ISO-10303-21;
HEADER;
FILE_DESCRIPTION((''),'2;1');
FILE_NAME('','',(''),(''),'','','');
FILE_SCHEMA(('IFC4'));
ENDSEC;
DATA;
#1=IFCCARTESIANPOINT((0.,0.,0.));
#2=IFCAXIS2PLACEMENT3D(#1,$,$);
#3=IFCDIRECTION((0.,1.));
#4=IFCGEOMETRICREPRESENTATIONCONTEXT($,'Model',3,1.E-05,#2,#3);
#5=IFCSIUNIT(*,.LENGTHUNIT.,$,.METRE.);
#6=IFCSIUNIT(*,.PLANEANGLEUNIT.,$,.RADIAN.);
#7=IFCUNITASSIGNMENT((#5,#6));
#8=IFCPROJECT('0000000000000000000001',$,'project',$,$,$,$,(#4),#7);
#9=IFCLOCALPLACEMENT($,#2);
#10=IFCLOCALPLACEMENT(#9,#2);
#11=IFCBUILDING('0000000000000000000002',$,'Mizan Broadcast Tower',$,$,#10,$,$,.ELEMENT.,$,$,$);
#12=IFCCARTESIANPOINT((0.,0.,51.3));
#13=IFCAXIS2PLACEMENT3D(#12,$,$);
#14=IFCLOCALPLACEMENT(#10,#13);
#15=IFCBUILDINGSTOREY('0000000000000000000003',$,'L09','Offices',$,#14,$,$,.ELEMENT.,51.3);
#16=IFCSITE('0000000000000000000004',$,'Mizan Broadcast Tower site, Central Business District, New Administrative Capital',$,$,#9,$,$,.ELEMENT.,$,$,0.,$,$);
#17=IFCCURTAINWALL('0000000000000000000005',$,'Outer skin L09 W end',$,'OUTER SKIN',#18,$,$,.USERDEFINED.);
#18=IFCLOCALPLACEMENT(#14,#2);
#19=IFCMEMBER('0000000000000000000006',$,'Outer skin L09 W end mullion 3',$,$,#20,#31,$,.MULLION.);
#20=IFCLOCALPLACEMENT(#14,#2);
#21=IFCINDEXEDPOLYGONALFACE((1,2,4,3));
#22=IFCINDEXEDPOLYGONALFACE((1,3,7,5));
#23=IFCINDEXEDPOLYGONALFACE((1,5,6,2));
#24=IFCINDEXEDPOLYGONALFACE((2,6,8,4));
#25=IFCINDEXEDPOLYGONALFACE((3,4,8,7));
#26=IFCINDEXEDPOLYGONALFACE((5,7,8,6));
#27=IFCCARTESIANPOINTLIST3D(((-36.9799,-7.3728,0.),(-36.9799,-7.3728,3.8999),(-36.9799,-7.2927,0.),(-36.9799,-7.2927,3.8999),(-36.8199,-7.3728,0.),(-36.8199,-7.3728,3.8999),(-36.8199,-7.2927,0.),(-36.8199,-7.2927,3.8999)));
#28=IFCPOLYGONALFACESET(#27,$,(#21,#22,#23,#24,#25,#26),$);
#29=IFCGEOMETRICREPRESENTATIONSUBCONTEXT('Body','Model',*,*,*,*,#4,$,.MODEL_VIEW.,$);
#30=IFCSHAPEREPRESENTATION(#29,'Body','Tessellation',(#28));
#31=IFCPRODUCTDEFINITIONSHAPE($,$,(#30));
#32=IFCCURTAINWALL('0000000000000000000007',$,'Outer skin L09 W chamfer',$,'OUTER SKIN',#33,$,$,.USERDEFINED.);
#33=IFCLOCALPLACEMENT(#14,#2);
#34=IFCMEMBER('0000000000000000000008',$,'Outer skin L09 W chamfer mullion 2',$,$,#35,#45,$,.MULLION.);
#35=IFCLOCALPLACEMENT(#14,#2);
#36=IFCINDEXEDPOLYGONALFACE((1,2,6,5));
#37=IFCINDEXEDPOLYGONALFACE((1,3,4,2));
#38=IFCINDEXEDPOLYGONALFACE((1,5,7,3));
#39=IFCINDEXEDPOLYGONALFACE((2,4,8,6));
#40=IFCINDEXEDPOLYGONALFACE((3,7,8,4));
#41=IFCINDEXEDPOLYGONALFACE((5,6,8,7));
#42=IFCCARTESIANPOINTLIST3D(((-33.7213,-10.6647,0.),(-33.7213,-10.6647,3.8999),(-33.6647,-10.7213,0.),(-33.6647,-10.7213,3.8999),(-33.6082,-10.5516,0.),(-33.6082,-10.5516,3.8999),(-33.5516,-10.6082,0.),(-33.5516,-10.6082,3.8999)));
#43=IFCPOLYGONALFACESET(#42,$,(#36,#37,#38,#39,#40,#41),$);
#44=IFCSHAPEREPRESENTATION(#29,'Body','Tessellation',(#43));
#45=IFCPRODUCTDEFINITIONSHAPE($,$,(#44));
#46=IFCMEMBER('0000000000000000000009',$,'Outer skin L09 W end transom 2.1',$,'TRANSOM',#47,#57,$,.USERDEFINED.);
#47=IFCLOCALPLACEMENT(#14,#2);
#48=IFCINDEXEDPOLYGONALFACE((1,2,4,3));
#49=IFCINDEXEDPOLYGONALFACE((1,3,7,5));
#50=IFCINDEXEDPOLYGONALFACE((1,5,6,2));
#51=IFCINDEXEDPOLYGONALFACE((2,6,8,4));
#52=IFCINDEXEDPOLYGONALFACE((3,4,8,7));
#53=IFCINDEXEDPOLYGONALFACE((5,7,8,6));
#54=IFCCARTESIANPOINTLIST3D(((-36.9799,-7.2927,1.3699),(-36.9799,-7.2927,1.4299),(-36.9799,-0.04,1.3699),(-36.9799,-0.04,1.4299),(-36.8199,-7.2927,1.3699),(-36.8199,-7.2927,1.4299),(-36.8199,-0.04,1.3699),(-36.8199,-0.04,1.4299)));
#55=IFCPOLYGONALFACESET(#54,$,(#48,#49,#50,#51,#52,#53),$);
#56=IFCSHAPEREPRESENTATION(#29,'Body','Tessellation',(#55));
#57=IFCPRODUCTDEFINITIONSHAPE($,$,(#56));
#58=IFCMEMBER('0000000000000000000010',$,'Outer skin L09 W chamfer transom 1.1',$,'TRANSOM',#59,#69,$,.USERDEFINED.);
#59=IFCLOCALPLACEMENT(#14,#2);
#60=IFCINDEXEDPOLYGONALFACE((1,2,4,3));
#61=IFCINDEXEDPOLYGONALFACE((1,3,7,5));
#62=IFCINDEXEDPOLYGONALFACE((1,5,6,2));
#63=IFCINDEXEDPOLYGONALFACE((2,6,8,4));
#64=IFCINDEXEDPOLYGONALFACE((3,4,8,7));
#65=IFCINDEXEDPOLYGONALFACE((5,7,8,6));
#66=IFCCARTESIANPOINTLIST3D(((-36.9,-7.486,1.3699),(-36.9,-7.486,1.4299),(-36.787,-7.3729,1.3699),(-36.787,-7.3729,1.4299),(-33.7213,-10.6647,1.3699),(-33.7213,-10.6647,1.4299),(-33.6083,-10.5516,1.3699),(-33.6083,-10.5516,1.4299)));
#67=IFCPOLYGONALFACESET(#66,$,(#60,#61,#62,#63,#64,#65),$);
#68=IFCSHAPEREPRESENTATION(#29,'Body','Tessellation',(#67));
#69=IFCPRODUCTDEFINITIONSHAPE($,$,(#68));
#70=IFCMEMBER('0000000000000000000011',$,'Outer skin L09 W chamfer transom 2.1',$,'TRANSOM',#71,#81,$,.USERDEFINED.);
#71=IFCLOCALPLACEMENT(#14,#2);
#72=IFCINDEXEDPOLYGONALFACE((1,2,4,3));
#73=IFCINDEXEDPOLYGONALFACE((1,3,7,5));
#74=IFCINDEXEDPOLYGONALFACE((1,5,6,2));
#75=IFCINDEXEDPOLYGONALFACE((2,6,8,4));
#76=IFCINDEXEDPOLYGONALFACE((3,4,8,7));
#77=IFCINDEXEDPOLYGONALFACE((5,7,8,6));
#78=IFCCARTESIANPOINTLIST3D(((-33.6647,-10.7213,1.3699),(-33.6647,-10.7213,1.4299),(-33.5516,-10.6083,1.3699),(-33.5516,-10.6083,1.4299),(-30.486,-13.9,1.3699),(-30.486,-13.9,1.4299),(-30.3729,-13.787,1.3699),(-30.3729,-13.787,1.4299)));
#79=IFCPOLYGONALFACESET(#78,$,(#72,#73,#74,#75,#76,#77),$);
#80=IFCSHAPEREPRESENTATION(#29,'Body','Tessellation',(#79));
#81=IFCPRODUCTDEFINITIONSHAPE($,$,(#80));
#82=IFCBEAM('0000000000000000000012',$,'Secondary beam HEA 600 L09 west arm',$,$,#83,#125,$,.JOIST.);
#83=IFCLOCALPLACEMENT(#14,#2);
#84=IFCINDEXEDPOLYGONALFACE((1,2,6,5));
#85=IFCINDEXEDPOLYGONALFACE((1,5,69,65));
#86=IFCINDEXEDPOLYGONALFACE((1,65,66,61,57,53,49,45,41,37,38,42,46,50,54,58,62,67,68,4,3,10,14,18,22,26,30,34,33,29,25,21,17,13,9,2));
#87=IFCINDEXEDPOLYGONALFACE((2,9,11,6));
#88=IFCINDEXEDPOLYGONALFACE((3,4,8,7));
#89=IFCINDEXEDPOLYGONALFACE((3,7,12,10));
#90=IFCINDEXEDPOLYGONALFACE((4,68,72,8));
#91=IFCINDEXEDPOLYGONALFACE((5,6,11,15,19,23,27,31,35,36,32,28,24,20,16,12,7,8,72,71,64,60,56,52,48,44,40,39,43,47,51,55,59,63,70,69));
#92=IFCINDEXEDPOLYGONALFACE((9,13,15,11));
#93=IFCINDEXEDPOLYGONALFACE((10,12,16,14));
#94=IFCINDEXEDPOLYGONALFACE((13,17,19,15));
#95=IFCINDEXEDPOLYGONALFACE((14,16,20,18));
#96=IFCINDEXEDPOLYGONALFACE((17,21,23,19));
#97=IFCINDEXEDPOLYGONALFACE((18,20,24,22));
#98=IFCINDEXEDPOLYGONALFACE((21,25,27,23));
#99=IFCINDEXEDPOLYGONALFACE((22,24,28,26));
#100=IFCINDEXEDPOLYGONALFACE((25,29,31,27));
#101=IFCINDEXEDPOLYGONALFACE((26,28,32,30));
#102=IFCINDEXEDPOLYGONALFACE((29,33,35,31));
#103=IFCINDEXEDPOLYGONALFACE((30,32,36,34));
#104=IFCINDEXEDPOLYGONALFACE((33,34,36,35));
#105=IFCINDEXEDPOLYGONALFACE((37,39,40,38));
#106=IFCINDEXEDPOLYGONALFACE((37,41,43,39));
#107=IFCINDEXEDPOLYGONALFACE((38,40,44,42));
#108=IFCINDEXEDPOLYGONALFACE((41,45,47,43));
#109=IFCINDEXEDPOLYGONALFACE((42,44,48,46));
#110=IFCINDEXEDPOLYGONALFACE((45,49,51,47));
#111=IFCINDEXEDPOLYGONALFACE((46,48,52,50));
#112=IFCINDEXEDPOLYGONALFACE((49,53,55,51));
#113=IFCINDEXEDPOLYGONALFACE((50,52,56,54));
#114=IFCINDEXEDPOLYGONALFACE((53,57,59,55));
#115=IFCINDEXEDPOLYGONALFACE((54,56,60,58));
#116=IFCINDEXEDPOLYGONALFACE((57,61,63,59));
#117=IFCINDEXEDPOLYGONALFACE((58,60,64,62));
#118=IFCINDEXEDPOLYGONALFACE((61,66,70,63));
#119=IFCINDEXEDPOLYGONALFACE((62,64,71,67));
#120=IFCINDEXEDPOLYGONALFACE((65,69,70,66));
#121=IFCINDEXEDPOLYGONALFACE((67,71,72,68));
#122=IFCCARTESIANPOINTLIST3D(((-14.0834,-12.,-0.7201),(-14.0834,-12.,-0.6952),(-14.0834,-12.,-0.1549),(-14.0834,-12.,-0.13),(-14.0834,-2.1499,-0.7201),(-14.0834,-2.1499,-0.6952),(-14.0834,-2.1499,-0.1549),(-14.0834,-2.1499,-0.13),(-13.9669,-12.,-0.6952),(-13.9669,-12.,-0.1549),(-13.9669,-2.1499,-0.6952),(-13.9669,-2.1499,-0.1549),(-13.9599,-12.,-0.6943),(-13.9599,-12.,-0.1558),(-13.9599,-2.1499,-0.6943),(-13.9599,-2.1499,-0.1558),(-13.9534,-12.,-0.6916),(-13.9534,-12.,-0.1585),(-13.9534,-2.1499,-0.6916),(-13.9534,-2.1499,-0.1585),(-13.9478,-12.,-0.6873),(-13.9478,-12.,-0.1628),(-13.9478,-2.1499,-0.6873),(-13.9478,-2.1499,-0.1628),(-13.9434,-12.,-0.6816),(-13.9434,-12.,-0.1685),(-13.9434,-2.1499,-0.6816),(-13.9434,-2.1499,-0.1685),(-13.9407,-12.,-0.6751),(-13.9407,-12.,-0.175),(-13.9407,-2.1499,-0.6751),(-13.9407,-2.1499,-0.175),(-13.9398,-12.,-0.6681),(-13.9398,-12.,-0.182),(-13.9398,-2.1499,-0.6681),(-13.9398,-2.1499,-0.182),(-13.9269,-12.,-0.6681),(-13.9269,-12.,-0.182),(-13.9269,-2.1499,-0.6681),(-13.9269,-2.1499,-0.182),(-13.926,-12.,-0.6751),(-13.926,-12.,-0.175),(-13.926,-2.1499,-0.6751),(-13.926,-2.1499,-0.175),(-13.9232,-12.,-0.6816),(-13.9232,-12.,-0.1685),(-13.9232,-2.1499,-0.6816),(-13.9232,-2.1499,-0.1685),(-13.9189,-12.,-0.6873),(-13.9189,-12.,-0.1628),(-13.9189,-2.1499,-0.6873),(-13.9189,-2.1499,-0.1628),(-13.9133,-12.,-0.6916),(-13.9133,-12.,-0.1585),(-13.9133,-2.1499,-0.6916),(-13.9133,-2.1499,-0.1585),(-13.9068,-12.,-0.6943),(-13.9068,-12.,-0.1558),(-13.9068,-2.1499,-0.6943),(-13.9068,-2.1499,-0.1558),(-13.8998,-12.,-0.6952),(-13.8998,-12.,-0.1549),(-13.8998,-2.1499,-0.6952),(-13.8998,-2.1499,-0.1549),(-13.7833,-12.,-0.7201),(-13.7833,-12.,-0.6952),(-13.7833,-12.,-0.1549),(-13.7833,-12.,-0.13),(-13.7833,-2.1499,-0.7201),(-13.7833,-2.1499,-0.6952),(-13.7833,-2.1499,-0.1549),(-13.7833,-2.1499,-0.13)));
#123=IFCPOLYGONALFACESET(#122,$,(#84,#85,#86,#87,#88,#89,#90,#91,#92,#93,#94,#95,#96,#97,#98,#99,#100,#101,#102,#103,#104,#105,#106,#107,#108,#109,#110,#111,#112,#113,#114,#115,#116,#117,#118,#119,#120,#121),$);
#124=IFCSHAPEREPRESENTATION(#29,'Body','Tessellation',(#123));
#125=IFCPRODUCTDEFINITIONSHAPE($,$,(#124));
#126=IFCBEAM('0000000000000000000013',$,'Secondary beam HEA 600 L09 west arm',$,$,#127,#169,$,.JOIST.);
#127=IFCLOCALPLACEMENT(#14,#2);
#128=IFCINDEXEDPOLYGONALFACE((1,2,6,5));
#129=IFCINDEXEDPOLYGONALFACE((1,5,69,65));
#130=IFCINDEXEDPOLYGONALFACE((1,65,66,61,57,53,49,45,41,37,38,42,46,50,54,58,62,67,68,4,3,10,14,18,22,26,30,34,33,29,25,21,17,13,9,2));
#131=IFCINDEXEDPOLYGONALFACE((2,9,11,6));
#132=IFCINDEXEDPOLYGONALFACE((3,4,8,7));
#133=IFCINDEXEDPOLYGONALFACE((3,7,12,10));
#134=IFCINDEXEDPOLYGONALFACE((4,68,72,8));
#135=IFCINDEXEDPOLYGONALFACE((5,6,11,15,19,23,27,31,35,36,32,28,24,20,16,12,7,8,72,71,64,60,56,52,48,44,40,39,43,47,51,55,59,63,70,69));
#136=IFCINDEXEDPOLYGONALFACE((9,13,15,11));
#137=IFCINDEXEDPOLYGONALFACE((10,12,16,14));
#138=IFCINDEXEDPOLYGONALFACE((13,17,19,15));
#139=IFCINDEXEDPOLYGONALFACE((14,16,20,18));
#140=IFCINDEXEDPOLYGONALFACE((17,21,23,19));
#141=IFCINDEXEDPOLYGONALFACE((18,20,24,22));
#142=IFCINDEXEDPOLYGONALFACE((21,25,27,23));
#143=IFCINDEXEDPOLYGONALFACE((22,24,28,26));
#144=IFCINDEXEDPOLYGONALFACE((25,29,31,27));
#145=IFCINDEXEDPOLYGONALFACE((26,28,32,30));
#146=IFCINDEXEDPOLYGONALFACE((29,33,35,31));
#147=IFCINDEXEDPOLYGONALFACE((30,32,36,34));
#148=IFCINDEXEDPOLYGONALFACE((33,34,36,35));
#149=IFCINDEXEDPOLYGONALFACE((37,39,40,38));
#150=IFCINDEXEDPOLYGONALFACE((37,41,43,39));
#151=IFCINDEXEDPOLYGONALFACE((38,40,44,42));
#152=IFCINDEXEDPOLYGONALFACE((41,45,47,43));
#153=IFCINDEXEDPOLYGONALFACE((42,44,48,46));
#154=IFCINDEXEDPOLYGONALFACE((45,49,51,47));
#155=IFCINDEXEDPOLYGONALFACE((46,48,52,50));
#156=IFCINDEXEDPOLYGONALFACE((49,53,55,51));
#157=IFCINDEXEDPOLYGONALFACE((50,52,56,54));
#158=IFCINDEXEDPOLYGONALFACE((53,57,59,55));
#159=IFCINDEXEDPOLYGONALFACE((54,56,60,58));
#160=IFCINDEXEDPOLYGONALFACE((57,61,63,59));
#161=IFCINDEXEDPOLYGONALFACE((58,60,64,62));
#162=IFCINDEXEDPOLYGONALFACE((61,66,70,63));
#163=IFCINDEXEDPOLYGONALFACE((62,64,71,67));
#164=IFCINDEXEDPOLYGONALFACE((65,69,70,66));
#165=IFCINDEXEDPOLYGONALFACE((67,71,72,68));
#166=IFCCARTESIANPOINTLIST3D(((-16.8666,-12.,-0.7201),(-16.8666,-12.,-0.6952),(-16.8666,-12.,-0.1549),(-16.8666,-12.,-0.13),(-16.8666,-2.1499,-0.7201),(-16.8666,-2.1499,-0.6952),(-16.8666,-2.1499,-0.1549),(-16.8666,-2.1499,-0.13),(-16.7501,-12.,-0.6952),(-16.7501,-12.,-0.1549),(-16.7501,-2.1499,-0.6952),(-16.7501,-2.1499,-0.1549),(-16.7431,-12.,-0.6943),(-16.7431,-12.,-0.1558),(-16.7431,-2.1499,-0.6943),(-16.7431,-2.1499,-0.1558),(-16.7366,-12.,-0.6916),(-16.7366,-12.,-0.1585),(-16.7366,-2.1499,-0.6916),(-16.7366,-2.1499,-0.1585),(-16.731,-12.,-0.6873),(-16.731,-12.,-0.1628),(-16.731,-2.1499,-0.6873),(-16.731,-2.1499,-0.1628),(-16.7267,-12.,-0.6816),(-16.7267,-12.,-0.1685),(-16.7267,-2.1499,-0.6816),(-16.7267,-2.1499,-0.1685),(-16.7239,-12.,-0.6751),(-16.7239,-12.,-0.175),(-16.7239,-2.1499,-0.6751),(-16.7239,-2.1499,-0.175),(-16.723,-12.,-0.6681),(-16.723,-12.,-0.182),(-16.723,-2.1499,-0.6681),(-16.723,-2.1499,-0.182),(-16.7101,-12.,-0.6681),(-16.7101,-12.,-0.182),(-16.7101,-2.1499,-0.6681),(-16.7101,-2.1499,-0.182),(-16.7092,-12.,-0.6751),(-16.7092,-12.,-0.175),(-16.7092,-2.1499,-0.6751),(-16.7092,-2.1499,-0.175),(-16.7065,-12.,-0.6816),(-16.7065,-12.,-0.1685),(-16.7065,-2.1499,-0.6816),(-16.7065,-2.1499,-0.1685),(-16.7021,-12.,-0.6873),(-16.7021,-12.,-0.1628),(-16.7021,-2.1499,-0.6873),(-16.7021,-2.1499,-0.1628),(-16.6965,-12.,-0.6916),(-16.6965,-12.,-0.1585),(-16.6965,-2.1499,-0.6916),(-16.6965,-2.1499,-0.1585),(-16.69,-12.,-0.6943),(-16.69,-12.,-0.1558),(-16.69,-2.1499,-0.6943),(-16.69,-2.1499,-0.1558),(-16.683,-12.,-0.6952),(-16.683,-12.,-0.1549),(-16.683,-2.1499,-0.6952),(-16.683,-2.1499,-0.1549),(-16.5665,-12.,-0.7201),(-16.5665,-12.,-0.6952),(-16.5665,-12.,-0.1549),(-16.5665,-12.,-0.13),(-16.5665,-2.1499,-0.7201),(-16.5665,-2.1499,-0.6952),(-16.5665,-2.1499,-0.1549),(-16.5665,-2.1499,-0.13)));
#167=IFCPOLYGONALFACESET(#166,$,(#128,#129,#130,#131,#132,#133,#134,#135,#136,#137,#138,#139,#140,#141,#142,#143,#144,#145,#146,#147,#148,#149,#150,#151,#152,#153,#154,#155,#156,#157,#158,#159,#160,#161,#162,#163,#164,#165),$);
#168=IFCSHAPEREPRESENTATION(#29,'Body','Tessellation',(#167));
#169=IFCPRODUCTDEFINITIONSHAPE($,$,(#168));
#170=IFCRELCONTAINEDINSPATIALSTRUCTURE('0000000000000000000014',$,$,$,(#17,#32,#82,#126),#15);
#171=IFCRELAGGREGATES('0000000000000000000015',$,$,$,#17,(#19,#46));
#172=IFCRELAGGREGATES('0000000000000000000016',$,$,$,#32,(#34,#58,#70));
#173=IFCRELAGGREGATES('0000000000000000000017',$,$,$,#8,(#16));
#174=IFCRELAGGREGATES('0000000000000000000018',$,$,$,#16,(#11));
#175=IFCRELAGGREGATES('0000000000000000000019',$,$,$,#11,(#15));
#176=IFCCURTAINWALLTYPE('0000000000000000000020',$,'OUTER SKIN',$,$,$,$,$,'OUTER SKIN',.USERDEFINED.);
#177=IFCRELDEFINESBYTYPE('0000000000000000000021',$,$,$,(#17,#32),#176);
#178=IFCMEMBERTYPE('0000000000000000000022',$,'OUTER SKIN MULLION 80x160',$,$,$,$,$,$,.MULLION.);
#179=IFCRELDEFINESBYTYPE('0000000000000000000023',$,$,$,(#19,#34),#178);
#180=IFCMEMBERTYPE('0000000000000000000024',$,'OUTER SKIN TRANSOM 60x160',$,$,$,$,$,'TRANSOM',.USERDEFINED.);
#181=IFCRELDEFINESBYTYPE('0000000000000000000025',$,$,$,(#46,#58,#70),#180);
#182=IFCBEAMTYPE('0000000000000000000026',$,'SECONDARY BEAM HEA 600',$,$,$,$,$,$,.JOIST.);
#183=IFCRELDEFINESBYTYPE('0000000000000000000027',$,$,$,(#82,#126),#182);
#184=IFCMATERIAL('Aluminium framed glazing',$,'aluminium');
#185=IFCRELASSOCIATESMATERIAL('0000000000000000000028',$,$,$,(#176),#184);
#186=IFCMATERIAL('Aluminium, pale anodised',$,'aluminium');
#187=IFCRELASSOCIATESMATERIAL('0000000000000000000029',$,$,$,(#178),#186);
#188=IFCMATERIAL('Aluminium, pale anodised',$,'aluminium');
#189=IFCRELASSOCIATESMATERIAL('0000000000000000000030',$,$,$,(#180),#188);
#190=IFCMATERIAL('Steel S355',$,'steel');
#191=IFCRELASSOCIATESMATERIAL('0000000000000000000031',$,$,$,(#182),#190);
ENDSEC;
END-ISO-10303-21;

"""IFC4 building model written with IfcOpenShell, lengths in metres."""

from ifc_helpers import new_model, si_unit, direction, frame, origin, origin_2d, place, context, subcontext, project, spatial, rectangle, i_section, extrude, material, material_profile, profile_set, type_object, element, aggregate, save


model = new_model("IFC4")

# Units and contexts
model_context = context("Model", 3, precision=1e-05, world=origin(), true_north=direction((0.0, 1.0)))
body_context = subcontext(model_context, "Body", "Model", "MODEL_VIEW")
ifc_project = project(units=[si_unit("LENGTHUNIT", "METRE"), si_unit("PLANEANGLEUNIT", "RADIAN")], contexts=[model_context])

# Site, building, storey
site_placement = place(None, origin())
site = spatial("IfcSite", under=ifc_project, at=site_placement, Name="Mizan Broadcast Tower site, Central Business District, New Administrative Capital", CompositionType="ELEMENT", RefElevation=0.0)
building_placement = place(site_placement, origin())
building = spatial("IfcBuilding", under=site, at=building_placement, Name="Mizan Broadcast Tower", CompositionType="ELEMENT")
storey_placement = place(building_placement, frame((0.0, 0.0, 51.3)))
storey = spatial("IfcBuildingStorey", under=building, at=storey_placement, Name="L09", Description="Offices", CompositionType="ELEMENT", Elevation=51.3)

# Curtain walls, members
ifc_material_1 = material(Name="Aluminium framed glazing", Category="aluminium")
curtain_wall_type_1 = type_object("IfcCurtainWallType", Name="OUTER SKIN", ElementType="OUTER SKIN", PredefinedType="USERDEFINED", material=ifc_material_1)
curtain_wall_1_placement = place(storey_placement, origin())
curtain_wall_1 = element("IfcCurtainWall", 1, at=curtain_wall_1_placement, inside=storey, type_object=curtain_wall_type_1, Name="Outer skin L09 W end", ObjectType="OUTER SKIN", PredefinedType="USERDEFINED")
ifc_material_2 = material(Name="Aluminium, pale anodised", Category="aluminium")
ifc_material_profile_1 = material_profile(ifc_material_2, rectangle(XDim=0.1599, YDim=0.0801, at=origin_2d()), Name="MULLION 160x80")
ifc_profile_set_1 = profile_set([ifc_material_profile_1], Name="Aluminium, pale anodised")
member_type_1 = type_object("IfcMemberType", Name="OUTER SKIN MULLION 80x160", PredefinedType="MULLION", material=ifc_profile_set_1)
member_1_placement = place(storey_placement, frame((-36.8999, -7.3328, 0.0), z_axis=(0.0, 0.0, 1.0), x_axis=(1.0, 0.0, 0.0)))
member_1 = element("IfcMember", 2, at=member_1_placement, type_object=member_type_1, Name="Outer skin L09 W end mullion 3", PredefinedType="MULLION", context=body_context, shape_type="SweptSolid", body=[
    extrude(rectangle(XDim=0.1599, YDim=0.0801, at=origin_2d()), origin(), (0.0, 0.0, 1.0), 3.8999),
])
curtain_wall_2_placement = place(storey_placement, origin())
curtain_wall_2 = element("IfcCurtainWall", 3, at=curtain_wall_2_placement, inside=storey, type_object=curtain_wall_type_1, Name="Outer skin L09 W chamfer", ObjectType="OUTER SKIN", PredefinedType="USERDEFINED")
member_2_placement = place(storey_placement, frame((-33.6365, -10.6365, 0.0), z_axis=(0.0, 0.0, 1.0), x_axis=(0.707107, 0.707107, 0.0)))
member_2 = element("IfcMember", 4, at=member_2_placement, type_object=member_type_1, Name="Outer skin L09 W chamfer mullion 2", PredefinedType="MULLION", context=body_context, shape_type="SweptSolid", body=[
    extrude(rectangle(XDim=0.1599, YDim=0.0801, at=origin_2d()), origin(), (0.0, 0.0, 1.0), 3.8999),
])

# Members
ifc_material_3 = material(Name="Aluminium, pale anodised", Category="aluminium")
ifc_material_profile_2 = material_profile(ifc_material_3, rectangle(XDim=0.1599, YDim=0.0601, at=origin_2d()), Name="TRANSOM 160x60")
ifc_profile_set_2 = profile_set([ifc_material_profile_2], Name="Aluminium, pale anodised")
member_type_2 = type_object("IfcMemberType", Name="OUTER SKIN TRANSOM 60x160", ElementType="TRANSOM", PredefinedType="USERDEFINED", material=ifc_profile_set_2)
member_3_placement = place(storey_placement, frame((-36.8999, -0.04, 1.3999), z_axis=(0.0, -1.0, 0.0), x_axis=(1.0, 0.0, 0.0)))
member_3 = element("IfcMember", 5, at=member_3_placement, type_object=member_type_2, Name="Outer skin L09 W end transom 2.1", ObjectType="TRANSOM", PredefinedType="USERDEFINED", context=body_context, shape_type="SweptSolid", body=[
    extrude(rectangle(XDim=0.1599, YDim=0.0601, at=origin_2d()), origin(), (0.0, 0.0, 1.0), 7.2527),
])
member_4_placement = place(storey_placement, frame((-36.8435, -7.4294, 1.3999), z_axis=(0.707107, -0.707107, 0.0), x_axis=(0.707107, 0.707107, 0.0)))
member_4 = element("IfcMember", 6, at=member_4_placement, type_object=member_type_2, Name="Outer skin L09 W chamfer transom 1.1", ObjectType="TRANSOM", PredefinedType="USERDEFINED", context=body_context, shape_type="SweptSolid", body=[
    extrude(rectangle(XDim=0.1599, YDim=0.0601, at=origin_2d()), origin(), (0.0, 0.0, 1.0), 4.4954),
])
member_5_placement = place(storey_placement, frame((-33.6082, -10.6648, 1.3999), z_axis=(0.707107, -0.707107, 0.0), x_axis=(0.707107, 0.707107, 0.0)))
member_5 = element("IfcMember", 7, at=member_5_placement, type_object=member_type_2, Name="Outer skin L09 W chamfer transom 2.1", ObjectType="TRANSOM", PredefinedType="USERDEFINED", context=body_context, shape_type="SweptSolid", body=[
    extrude(rectangle(XDim=0.1599, YDim=0.0601, at=origin_2d()), origin(), (0.0, 0.0, 1.0), 4.4954),
])

# Beams
ifc_material_4 = material(Name="Steel S355", Category="steel")
ifc_material_profile_3 = material_profile(ifc_material_4, i_section(OverallWidth=0.3, OverallDepth=0.5901, WebThickness=0.0129, FlangeThickness=0.0249, FilletRadius=0.0271, at=origin_2d()), Name="HEA 600")
ifc_profile_set_3 = profile_set([ifc_material_profile_3], Name="Steel S355")
beam_type_1 = type_object("IfcBeamType", Name="SECONDARY BEAM HEA 600", PredefinedType="JOIST", material=ifc_profile_set_3)
for number, where, z_axis, x_axis, name in (
    (8, (-13.9333, -12.0, -0.425), (0.0, 1.0, 0.0), (-1.0, 0.0, 0.0), "Secondary beam HEA 600 L09 west arm"),
    (9, (-16.7166, -12.0, -0.425), (0.0, 1.0, 0.0), (-1.0, 0.0, 0.0), "Secondary beam HEA 600 L09 west arm"),
):
    element("IfcBeam", number, at=place(storey_placement, frame(where, z_axis=z_axis, x_axis=x_axis)), inside=storey, type_object=beam_type_1, Name=name, PredefinedType="JOIST", context=body_context, shape_type="SweptSolid", body=[
        extrude(i_section(OverallWidth=0.3, OverallDepth=0.5901, WebThickness=0.0129, FlangeThickness=0.0249, FilletRadius=0.0271, at=origin_2d()), origin(), (0.0, 0.0, 1.0), 9.8501),
    ])

aggregate(curtain_wall_1, [member_1, member_3])
aggregate(curtain_wall_2, [member_2, member_4, member_5])

save(model, "model.ifc")
